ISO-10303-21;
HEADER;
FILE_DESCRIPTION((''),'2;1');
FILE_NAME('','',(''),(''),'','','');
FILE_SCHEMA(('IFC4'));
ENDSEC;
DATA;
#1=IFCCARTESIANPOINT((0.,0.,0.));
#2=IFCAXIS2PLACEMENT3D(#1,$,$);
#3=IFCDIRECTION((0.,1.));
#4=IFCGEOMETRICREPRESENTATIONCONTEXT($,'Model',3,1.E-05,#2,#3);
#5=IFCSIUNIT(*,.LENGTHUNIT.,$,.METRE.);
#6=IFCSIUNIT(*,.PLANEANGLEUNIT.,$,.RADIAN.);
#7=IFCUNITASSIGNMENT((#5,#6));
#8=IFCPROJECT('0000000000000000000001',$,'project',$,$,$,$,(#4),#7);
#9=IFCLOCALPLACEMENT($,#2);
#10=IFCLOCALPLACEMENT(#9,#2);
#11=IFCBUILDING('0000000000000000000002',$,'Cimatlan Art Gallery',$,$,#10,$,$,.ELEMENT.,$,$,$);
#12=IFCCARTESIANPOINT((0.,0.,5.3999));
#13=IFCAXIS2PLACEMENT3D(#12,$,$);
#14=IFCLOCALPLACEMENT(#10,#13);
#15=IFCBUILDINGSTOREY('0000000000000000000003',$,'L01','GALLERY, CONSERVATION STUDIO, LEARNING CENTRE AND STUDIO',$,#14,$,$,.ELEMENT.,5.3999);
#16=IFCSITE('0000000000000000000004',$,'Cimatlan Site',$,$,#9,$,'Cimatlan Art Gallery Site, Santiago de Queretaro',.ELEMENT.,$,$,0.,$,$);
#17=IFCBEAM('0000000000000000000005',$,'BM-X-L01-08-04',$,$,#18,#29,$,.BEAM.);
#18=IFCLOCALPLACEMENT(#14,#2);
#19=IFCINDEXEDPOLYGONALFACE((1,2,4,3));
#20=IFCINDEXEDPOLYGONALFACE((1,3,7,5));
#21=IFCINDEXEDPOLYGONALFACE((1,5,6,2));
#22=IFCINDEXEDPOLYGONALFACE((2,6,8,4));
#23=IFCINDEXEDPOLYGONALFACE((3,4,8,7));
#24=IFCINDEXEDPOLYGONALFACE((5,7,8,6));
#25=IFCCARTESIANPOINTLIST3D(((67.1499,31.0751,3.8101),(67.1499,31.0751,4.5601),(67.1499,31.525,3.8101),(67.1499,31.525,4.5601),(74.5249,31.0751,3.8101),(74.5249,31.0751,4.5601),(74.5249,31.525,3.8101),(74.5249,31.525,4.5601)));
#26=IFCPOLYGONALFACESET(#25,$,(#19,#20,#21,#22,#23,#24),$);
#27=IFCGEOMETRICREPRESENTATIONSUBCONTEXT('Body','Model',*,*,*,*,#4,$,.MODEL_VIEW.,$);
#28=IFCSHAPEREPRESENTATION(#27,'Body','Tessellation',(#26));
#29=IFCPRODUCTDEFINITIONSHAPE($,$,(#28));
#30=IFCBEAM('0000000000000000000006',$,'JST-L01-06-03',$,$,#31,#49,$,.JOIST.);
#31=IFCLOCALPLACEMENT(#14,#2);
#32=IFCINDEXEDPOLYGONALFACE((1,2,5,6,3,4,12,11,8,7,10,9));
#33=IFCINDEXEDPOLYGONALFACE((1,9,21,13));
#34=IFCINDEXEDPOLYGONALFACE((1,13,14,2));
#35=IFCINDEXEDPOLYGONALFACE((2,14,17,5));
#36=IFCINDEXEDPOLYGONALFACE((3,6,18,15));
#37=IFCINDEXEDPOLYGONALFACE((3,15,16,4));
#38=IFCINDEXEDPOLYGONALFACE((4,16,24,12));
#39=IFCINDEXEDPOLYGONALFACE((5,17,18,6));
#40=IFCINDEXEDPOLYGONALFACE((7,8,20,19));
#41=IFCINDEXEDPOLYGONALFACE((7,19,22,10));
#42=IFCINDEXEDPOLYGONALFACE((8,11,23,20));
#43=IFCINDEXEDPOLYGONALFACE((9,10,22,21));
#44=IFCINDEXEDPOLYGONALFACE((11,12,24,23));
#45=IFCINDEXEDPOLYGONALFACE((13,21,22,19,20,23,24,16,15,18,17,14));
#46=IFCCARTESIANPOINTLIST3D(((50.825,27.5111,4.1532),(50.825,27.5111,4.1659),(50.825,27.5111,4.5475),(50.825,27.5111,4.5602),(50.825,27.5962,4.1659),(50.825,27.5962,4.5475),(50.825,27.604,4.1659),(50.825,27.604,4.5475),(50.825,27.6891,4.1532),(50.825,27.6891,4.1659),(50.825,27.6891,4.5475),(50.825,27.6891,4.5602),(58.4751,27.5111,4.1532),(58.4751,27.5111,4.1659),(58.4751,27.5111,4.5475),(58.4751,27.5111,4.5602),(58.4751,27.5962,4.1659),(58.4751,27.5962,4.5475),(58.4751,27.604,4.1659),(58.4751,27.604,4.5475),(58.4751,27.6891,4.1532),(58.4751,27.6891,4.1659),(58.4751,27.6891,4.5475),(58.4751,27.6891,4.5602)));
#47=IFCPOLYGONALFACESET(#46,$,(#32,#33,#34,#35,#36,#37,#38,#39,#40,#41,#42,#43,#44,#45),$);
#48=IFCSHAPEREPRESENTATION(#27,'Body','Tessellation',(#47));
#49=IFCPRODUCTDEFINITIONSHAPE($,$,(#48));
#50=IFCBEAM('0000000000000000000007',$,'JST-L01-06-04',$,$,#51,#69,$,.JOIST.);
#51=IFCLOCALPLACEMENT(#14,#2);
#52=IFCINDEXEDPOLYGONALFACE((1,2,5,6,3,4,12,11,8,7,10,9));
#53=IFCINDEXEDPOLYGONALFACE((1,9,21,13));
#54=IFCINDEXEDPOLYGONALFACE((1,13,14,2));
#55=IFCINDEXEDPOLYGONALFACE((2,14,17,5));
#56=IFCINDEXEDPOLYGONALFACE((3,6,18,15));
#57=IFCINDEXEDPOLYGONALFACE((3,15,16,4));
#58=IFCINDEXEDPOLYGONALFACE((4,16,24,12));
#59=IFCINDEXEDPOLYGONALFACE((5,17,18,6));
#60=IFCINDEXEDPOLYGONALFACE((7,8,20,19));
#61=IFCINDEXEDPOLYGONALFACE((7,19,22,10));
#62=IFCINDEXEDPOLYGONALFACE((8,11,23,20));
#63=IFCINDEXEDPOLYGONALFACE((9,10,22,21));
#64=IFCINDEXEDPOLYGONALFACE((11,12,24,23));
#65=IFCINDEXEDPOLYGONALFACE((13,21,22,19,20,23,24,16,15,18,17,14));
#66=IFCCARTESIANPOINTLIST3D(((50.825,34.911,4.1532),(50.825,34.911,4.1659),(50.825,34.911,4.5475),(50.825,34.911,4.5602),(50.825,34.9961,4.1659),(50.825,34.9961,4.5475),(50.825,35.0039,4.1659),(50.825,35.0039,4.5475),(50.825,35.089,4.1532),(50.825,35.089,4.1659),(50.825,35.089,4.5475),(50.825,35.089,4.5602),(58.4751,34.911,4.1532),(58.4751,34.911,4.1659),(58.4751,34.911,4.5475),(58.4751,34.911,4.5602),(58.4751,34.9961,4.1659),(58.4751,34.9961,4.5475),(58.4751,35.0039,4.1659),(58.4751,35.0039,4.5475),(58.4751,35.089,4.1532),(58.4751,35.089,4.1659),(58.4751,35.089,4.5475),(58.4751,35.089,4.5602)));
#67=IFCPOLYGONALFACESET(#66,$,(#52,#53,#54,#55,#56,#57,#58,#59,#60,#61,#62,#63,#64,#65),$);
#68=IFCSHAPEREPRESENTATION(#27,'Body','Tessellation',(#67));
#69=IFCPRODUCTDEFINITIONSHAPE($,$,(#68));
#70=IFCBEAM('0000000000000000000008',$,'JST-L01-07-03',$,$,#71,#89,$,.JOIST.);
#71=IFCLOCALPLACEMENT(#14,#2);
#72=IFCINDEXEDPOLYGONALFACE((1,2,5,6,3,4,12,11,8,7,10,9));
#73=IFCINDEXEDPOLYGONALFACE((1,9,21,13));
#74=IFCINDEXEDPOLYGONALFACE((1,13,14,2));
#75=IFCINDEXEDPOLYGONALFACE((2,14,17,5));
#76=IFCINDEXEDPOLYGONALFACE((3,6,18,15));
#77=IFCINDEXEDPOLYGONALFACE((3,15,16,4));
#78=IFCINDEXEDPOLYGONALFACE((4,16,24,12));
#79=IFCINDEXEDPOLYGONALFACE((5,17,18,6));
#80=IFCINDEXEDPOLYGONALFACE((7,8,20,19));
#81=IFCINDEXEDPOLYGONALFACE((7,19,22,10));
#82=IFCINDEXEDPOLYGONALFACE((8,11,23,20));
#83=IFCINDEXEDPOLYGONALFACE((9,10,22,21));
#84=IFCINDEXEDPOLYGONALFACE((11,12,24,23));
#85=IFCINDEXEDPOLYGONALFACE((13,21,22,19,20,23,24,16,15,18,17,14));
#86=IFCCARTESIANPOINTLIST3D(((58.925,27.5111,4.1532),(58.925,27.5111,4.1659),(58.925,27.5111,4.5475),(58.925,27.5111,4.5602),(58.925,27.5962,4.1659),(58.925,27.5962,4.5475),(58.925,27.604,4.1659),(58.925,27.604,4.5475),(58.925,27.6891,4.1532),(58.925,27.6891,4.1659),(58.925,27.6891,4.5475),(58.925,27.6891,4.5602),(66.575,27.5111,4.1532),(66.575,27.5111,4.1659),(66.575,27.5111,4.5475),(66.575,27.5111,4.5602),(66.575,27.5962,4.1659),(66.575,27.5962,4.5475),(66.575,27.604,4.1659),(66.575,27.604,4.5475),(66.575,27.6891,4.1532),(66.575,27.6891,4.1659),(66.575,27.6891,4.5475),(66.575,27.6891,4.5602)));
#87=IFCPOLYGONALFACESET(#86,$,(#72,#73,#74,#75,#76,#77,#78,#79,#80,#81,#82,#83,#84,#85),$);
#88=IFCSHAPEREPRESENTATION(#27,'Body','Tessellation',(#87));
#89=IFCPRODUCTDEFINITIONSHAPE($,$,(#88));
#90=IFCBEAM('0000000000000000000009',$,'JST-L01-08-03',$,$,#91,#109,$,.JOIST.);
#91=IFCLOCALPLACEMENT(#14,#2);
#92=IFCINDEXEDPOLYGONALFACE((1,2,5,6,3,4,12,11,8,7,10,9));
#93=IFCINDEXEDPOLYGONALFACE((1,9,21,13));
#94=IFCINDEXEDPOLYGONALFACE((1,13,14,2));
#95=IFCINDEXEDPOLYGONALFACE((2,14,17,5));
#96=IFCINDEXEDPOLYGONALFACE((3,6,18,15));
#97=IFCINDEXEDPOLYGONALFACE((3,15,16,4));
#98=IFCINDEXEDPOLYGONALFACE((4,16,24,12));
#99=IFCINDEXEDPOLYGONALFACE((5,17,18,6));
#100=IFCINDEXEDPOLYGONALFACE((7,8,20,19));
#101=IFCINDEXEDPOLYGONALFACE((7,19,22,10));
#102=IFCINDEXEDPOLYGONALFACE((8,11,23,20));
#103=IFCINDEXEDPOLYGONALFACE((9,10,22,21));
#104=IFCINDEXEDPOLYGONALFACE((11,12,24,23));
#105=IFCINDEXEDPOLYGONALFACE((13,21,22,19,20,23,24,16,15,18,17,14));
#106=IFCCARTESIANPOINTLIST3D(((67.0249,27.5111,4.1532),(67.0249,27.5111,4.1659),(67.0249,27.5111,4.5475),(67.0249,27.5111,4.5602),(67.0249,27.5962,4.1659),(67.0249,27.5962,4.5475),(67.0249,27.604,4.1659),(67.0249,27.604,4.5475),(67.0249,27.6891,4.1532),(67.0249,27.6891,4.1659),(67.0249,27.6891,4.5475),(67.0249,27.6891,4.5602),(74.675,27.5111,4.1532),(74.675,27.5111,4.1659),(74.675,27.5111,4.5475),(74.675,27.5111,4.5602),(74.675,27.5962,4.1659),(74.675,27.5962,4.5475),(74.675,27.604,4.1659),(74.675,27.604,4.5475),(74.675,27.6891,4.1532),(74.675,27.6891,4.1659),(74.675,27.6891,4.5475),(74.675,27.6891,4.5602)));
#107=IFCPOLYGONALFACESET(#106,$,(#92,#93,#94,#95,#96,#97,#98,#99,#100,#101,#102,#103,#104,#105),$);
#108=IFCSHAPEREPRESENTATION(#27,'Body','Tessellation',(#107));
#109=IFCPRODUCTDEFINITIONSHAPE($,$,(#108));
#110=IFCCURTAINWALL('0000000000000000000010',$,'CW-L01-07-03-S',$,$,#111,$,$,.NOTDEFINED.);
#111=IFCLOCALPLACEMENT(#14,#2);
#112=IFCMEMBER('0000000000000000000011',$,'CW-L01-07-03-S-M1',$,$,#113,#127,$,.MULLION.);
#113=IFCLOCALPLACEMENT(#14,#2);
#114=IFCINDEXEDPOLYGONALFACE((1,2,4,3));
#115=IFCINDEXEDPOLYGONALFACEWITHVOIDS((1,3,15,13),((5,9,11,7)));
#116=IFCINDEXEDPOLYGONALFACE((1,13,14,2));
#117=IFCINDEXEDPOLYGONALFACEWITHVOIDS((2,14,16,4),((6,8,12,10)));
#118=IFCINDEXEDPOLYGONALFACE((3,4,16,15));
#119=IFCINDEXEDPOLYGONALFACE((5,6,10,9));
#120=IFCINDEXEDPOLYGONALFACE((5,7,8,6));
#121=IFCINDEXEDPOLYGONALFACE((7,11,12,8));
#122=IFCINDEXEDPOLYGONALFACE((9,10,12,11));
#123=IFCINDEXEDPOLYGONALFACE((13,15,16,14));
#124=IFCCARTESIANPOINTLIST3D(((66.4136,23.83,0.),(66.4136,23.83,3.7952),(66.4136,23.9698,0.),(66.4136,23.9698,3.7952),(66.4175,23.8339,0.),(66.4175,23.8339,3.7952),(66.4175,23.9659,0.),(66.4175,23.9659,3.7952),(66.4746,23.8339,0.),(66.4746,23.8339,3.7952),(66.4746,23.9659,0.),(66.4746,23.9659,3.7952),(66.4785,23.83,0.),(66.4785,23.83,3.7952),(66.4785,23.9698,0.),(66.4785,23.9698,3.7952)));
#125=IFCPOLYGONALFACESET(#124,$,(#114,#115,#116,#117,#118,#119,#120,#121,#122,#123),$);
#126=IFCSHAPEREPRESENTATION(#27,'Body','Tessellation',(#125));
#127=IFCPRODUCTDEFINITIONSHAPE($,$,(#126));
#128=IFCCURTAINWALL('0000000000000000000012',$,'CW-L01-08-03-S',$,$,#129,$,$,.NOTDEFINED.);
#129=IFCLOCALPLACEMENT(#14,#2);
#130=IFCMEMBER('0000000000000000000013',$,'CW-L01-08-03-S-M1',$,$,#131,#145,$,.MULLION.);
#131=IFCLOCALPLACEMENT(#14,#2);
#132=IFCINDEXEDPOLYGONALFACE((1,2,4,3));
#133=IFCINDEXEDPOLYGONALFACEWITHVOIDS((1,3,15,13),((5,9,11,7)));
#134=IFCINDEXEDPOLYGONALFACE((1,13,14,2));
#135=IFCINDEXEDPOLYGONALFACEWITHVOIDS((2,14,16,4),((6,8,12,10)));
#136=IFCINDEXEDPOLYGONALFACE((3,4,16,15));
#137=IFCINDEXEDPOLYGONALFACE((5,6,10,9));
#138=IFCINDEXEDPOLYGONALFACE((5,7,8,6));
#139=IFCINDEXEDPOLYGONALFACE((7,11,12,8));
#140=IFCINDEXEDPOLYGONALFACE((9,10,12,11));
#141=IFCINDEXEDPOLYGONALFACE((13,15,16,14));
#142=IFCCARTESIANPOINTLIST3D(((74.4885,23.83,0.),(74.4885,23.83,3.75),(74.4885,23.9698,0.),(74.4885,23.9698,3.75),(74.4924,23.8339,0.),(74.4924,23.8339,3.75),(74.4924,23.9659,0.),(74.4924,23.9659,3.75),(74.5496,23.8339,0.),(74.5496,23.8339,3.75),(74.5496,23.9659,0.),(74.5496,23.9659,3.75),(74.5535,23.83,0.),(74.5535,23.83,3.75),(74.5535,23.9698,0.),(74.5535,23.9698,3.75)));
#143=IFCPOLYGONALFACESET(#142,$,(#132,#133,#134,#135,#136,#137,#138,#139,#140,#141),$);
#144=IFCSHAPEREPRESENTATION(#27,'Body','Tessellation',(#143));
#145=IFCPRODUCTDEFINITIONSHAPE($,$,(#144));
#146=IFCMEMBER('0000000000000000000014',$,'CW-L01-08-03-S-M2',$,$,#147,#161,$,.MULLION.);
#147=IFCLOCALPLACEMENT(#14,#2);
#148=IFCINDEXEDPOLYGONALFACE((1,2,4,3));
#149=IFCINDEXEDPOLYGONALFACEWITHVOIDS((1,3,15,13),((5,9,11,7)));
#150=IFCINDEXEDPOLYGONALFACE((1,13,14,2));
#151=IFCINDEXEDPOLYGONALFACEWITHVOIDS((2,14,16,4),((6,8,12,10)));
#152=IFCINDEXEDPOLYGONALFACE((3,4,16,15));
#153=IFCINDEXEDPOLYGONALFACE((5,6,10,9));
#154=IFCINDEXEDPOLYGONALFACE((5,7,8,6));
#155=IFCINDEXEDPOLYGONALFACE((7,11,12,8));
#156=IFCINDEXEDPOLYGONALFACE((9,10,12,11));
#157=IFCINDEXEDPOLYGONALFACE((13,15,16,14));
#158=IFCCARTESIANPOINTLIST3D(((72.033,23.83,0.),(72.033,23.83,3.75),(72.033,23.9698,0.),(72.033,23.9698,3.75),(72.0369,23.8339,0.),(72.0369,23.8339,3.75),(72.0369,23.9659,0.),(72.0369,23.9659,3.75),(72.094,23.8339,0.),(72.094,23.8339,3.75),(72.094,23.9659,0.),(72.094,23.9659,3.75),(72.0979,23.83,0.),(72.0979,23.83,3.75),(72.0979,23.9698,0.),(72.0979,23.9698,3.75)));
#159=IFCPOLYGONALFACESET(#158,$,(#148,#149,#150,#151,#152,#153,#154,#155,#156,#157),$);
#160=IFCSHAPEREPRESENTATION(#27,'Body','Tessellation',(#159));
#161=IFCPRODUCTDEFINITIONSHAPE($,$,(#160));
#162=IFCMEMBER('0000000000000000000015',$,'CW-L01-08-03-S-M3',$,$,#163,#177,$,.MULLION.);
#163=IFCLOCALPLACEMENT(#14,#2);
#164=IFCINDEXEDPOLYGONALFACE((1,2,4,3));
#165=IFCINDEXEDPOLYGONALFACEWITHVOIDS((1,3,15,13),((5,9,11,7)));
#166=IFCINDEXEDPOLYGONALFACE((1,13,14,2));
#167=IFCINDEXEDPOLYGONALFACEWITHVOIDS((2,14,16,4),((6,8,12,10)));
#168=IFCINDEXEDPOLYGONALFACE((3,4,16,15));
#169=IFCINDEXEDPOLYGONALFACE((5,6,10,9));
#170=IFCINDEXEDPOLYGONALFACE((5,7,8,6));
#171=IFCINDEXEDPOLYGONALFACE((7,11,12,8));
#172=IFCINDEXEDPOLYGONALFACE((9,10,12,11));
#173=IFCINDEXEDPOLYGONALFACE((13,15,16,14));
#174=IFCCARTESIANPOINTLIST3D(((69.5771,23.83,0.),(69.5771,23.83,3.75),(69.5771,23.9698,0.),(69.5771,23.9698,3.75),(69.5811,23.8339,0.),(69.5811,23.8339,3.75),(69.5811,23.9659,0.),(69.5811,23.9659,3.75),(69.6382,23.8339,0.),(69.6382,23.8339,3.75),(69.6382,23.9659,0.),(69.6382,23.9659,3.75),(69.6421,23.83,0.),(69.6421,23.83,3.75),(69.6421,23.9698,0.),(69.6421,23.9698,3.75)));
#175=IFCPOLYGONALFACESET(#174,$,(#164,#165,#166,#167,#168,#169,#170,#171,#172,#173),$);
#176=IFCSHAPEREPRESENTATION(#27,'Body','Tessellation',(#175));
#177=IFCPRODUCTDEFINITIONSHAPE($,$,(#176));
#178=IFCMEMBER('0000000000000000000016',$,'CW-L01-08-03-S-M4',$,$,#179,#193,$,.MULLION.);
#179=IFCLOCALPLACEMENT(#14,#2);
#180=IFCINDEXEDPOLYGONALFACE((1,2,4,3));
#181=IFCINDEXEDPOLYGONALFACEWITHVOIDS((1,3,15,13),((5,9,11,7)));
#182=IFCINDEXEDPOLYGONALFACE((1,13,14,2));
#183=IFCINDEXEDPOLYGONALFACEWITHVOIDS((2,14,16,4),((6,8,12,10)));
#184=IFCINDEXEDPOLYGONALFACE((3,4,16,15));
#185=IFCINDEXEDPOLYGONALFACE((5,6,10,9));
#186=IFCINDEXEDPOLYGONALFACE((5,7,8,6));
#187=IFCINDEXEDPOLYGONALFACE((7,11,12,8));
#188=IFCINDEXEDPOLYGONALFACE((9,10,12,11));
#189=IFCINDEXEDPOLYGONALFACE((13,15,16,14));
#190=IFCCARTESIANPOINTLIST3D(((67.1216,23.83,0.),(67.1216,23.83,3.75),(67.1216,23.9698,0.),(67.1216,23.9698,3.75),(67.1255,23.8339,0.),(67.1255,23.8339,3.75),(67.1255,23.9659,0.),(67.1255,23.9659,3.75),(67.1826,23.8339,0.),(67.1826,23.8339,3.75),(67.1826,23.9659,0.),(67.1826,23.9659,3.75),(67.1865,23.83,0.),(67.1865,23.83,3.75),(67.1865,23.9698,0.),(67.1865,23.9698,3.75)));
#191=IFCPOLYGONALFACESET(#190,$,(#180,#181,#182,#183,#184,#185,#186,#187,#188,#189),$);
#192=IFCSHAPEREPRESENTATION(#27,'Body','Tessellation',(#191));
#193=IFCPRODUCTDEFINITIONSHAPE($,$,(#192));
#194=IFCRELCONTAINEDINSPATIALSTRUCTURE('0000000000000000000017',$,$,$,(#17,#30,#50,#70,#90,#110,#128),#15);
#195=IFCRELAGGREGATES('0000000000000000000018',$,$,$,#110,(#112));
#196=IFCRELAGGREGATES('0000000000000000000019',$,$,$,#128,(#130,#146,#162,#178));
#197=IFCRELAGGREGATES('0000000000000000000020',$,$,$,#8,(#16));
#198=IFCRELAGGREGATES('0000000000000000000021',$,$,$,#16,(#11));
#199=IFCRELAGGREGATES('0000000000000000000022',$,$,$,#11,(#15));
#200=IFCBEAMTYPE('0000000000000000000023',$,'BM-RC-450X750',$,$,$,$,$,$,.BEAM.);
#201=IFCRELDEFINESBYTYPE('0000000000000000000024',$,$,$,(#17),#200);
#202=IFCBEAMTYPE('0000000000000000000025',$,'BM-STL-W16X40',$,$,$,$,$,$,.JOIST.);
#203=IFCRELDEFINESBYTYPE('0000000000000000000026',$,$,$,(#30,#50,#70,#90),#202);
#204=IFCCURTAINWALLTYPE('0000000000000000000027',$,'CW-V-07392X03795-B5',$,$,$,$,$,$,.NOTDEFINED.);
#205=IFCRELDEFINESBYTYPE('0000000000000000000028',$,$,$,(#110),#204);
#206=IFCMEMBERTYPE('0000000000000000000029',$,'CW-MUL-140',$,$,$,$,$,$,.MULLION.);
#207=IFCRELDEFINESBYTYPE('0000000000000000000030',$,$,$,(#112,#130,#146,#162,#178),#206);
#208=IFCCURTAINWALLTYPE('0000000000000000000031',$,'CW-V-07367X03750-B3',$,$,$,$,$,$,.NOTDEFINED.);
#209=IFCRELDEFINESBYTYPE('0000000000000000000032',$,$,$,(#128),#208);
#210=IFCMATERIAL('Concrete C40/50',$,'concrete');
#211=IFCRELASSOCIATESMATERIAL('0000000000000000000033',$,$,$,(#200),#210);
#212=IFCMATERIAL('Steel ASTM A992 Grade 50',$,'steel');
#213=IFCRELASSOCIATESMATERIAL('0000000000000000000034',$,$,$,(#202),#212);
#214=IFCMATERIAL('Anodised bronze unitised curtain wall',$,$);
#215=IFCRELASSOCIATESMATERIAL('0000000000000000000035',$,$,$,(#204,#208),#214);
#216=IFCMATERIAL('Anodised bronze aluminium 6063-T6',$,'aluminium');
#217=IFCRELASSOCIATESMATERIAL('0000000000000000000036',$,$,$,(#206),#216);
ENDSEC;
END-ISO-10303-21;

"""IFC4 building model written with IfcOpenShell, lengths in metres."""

from ifc_helpers import new_model, si_unit, direction, frame, origin, origin_2d, place, context, subcontext, project, spatial, rectangle, hollow_rectangle, i_section, extrude, material, material_profile, profile_set, type_object, element, aggregate, save


model = new_model("IFC4")

# Units and contexts
model_context = context("Model", 3, precision=1e-05, world=origin(), true_north=direction((0.0, 1.0)))
body_context = subcontext(model_context, "Body", "Model", "MODEL_VIEW")
ifc_project = project(units=[si_unit("LENGTHUNIT", "METRE"), si_unit("PLANEANGLEUNIT", "RADIAN")], contexts=[model_context])

# Site, building, storey
site_placement = place(None, origin())
site = spatial("IfcSite", under=ifc_project, at=site_placement, Name="Cimatlan Site", LongName="Cimatlan Art Gallery Site, Santiago de Queretaro", CompositionType="ELEMENT", RefElevation=0.0)
building_placement = place(site_placement, origin())
building = spatial("IfcBuilding", under=site, at=building_placement, Name="Cimatlan Art Gallery", CompositionType="ELEMENT")
storey_placement = place(building_placement, frame((0.0, 0.0, 5.3999)))
storey = spatial("IfcBuildingStorey", under=building, at=storey_placement, Name="L01", Description="GALLERY, CONSERVATION STUDIO, LEARNING CENTRE AND STUDIO", CompositionType="ELEMENT", Elevation=5.3999)

# Beams
ifc_material_1 = material(Name="Concrete C40/50", Category="concrete")
ifc_material_profile_1 = material_profile(ifc_material_1, rectangle(XDim=0.45, YDim=0.75, at=origin_2d()), Name="RC450X750")
ifc_profile_set_1 = profile_set([ifc_material_profile_1], Name="Concrete C40/50")
beam_type_1 = type_object("IfcBeamType", Name="BM-RC-450X750", PredefinedType="BEAM", material=ifc_profile_set_1)
for number, where, z_axis, x_axis, name in (
    (1, (67.1499, 31.3, 4.1851), (1.0, 0.0, 0.0), (0.0, 1.0, 0.0), "BM-X-L01-08-04"),
):
    element("IfcBeam", number, at=place(storey_placement, frame(where, z_axis=z_axis, x_axis=x_axis)), inside=storey, type_object=beam_type_1, Name=name, PredefinedType="BEAM", context=body_context, shape_type="SweptSolid", body=[
        extrude(rectangle(XDim=0.45, YDim=0.75, at=origin_2d()), origin(), (0.0, 0.0, 1.0), 7.375),
    ])
ifc_material_2 = material(Name="Steel ASTM A992 Grade 50", Category="steel")
ifc_material_profile_2 = material_profile(ifc_material_2, i_section(OverallWidth=0.178, OverallDepth=0.407, WebThickness=0.0078, FlangeThickness=0.0127, at=origin_2d()), Name="W16X40")
ifc_profile_set_2 = profile_set([ifc_material_profile_2], Name="Steel ASTM A992 Grade 50")
beam_type_2 = type_object("IfcBeamType", Name="BM-STL-W16X40", PredefinedType="JOIST", material=ifc_profile_set_2)
for number, where, z_axis, x_axis, name in (
    (2, (50.825, 27.6001, 4.3567), (1.0, 0.0, 0.0), (0.0, 1.0, 0.0), "JST-L01-06-03"),
    (3, (50.825, 35.0, 4.3567), (1.0, 0.0, 0.0), (0.0, 1.0, 0.0), "JST-L01-06-04"),
):
    element("IfcBeam", number, at=place(storey_placement, frame(where, z_axis=z_axis, x_axis=x_axis)), inside=storey, type_object=beam_type_2, Name=name, PredefinedType="JOIST", context=body_context, shape_type="SweptSolid", body=[
        extrude(i_section(OverallWidth=0.178, OverallDepth=0.407, WebThickness=0.0078, FlangeThickness=0.0127, at=origin_2d()), origin(), (0.0, 0.0, 1.0), 7.6501),
    ])
beam_1_placement = place(storey_placement, frame((58.925, 27.6001, 4.3567), z_axis=(1.0, 0.0, 0.0), x_axis=(0.0, 1.0, 0.0)))
element("IfcBeam", 4, at=beam_1_placement, inside=storey, type_object=beam_type_2, Name="JST-L01-07-03", PredefinedType="JOIST", context=body_context, shape_type="SweptSolid", body=[
    extrude(i_section(OverallWidth=0.178, OverallDepth=0.407, WebThickness=0.0078, FlangeThickness=0.0127, at=origin_2d()), origin(), (0.0, 0.0, 1.0), 7.6499),
])
beam_2_placement = place(storey_placement, frame((67.0249, 27.6001, 4.3567), z_axis=(1.0, 0.0, 0.0), x_axis=(0.0, 1.0, 0.0)))
element("IfcBeam", 5, at=beam_2_placement, inside=storey, type_object=beam_type_2, Name="JST-L01-08-03", PredefinedType="JOIST", context=body_context, shape_type="SweptSolid", body=[
    extrude(i_section(OverallWidth=0.178, OverallDepth=0.407, WebThickness=0.0078, FlangeThickness=0.0127, at=origin_2d()), origin(), (0.0, 0.0, 1.0), 7.6501),
])

# Curtain wall, member
ifc_material_3 = material(Name="Anodised bronze unitised curtain wall")
curtain_wall_type_1 = type_object("IfcCurtainWallType", Name="CW-V-07392X03795-B5", PredefinedType="NOTDEFINED", material=ifc_material_3)
curtain_wall_1_placement = place(storey_placement, origin())
curtain_wall_1 = element("IfcCurtainWall", 6, at=curtain_wall_1_placement, inside=storey, type_object=curtain_wall_type_1, Name="CW-L01-07-03-S", PredefinedType="NOTDEFINED")
ifc_material_4 = material(Name="Anodised bronze aluminium 6063-T6", Category="aluminium")
ifc_material_profile_3 = material_profile(ifc_material_4, hollow_rectangle(XDim=0.0649, YDim=0.1399, WallThickness=0.0039, at=origin_2d()), Name="ALU65X140X4")
ifc_profile_set_3 = profile_set([ifc_material_profile_3], Name="Anodised bronze aluminium 6063-T6")
member_type_1 = type_object("IfcMemberType", Name="CW-MUL-140", PredefinedType="MULLION", material=ifc_profile_set_3)
member_1_placement = place(storey_placement, frame((66.446, 23.8999, 0.0), z_axis=(0.0, 0.0, 1.0), x_axis=(1.0, 0.0, 0.0)))
member_1 = element("IfcMember", 7, at=member_1_placement, type_object=member_type_1, Name="CW-L01-07-03-S-M1", PredefinedType="MULLION", context=body_context, shape_type="SweptSolid", body=[
    extrude(hollow_rectangle(XDim=0.0649, YDim=0.1399, WallThickness=0.0039, at=origin_2d()), origin(), (0.0, 0.0, 1.0), 3.7952),
])

# Curtain wall, members
curtain_wall_type_2 = type_object("IfcCurtainWallType", Name="CW-V-07367X03750-B3", PredefinedType="NOTDEFINED", material=ifc_material_3)
curtain_wall_2_placement = place(storey_placement, origin())
curtain_wall_2 = element("IfcCurtainWall", 8, at=curtain_wall_2_placement, inside=storey, type_object=curtain_wall_type_2, Name="CW-L01-08-03-S", PredefinedType="NOTDEFINED")
member_2_placement = place(storey_placement, frame((74.521, 23.8999, 0.0), z_axis=(0.0, 0.0, 1.0), x_axis=(1.0, 0.0, 0.0)))
member_2 = element("IfcMember", 9, at=member_2_placement, type_object=member_type_1, Name="CW-L01-08-03-S-M1", PredefinedType="MULLION", context=body_context, shape_type="SweptSolid", body=[
    extrude(hollow_rectangle(XDim=0.0649, YDim=0.1399, WallThickness=0.0039, at=origin_2d()), origin(), (0.0, 0.0, 1.0), 3.75),
])
member_3_placement = place(storey_placement, frame((72.0654, 23.8999, 0.0), z_axis=(0.0, 0.0, 1.0), x_axis=(1.0, 0.0, 0.0)))
member_3 = element("IfcMember", 10, at=member_3_placement, type_object=member_type_1, Name="CW-L01-08-03-S-M2", PredefinedType="MULLION", context=body_context, shape_type="SweptSolid", body=[
    extrude(hollow_rectangle(XDim=0.0649, YDim=0.1399, WallThickness=0.0039, at=origin_2d()), origin(), (0.0, 0.0, 1.0), 3.75),
])
member_4_placement = place(storey_placement, frame((69.6096, 23.8999, 0.0), z_axis=(0.0, 0.0, 1.0), x_axis=(1.0, 0.0, 0.0)))
member_4 = element("IfcMember", 11, at=member_4_placement, type_object=member_type_1, Name="CW-L01-08-03-S-M3", PredefinedType="MULLION", context=body_context, shape_type="SweptSolid", body=[
    extrude(hollow_rectangle(XDim=0.0649, YDim=0.1399, WallThickness=0.0039, at=origin_2d()), origin(), (0.0, 0.0, 1.0), 3.75),
])
member_5_placement = place(storey_placement, frame((67.1541, 23.8999, 0.0), z_axis=(0.0, 0.0, 1.0), x_axis=(1.0, 0.0, 0.0)))
member_5 = element("IfcMember", 12, at=member_5_placement, type_object=member_type_1, Name="CW-L01-08-03-S-M4", PredefinedType="MULLION", context=body_context, shape_type="SweptSolid", body=[
    extrude(hollow_rectangle(XDim=0.0649, YDim=0.1399, WallThickness=0.0039, at=origin_2d()), origin(), (0.0, 0.0, 1.0), 3.75),
])

aggregate(curtain_wall_1, [member_1])

aggregate(curtain_wall_2, [member_2, member_3, member_4, member_5])

save(model, "model.ifc")
